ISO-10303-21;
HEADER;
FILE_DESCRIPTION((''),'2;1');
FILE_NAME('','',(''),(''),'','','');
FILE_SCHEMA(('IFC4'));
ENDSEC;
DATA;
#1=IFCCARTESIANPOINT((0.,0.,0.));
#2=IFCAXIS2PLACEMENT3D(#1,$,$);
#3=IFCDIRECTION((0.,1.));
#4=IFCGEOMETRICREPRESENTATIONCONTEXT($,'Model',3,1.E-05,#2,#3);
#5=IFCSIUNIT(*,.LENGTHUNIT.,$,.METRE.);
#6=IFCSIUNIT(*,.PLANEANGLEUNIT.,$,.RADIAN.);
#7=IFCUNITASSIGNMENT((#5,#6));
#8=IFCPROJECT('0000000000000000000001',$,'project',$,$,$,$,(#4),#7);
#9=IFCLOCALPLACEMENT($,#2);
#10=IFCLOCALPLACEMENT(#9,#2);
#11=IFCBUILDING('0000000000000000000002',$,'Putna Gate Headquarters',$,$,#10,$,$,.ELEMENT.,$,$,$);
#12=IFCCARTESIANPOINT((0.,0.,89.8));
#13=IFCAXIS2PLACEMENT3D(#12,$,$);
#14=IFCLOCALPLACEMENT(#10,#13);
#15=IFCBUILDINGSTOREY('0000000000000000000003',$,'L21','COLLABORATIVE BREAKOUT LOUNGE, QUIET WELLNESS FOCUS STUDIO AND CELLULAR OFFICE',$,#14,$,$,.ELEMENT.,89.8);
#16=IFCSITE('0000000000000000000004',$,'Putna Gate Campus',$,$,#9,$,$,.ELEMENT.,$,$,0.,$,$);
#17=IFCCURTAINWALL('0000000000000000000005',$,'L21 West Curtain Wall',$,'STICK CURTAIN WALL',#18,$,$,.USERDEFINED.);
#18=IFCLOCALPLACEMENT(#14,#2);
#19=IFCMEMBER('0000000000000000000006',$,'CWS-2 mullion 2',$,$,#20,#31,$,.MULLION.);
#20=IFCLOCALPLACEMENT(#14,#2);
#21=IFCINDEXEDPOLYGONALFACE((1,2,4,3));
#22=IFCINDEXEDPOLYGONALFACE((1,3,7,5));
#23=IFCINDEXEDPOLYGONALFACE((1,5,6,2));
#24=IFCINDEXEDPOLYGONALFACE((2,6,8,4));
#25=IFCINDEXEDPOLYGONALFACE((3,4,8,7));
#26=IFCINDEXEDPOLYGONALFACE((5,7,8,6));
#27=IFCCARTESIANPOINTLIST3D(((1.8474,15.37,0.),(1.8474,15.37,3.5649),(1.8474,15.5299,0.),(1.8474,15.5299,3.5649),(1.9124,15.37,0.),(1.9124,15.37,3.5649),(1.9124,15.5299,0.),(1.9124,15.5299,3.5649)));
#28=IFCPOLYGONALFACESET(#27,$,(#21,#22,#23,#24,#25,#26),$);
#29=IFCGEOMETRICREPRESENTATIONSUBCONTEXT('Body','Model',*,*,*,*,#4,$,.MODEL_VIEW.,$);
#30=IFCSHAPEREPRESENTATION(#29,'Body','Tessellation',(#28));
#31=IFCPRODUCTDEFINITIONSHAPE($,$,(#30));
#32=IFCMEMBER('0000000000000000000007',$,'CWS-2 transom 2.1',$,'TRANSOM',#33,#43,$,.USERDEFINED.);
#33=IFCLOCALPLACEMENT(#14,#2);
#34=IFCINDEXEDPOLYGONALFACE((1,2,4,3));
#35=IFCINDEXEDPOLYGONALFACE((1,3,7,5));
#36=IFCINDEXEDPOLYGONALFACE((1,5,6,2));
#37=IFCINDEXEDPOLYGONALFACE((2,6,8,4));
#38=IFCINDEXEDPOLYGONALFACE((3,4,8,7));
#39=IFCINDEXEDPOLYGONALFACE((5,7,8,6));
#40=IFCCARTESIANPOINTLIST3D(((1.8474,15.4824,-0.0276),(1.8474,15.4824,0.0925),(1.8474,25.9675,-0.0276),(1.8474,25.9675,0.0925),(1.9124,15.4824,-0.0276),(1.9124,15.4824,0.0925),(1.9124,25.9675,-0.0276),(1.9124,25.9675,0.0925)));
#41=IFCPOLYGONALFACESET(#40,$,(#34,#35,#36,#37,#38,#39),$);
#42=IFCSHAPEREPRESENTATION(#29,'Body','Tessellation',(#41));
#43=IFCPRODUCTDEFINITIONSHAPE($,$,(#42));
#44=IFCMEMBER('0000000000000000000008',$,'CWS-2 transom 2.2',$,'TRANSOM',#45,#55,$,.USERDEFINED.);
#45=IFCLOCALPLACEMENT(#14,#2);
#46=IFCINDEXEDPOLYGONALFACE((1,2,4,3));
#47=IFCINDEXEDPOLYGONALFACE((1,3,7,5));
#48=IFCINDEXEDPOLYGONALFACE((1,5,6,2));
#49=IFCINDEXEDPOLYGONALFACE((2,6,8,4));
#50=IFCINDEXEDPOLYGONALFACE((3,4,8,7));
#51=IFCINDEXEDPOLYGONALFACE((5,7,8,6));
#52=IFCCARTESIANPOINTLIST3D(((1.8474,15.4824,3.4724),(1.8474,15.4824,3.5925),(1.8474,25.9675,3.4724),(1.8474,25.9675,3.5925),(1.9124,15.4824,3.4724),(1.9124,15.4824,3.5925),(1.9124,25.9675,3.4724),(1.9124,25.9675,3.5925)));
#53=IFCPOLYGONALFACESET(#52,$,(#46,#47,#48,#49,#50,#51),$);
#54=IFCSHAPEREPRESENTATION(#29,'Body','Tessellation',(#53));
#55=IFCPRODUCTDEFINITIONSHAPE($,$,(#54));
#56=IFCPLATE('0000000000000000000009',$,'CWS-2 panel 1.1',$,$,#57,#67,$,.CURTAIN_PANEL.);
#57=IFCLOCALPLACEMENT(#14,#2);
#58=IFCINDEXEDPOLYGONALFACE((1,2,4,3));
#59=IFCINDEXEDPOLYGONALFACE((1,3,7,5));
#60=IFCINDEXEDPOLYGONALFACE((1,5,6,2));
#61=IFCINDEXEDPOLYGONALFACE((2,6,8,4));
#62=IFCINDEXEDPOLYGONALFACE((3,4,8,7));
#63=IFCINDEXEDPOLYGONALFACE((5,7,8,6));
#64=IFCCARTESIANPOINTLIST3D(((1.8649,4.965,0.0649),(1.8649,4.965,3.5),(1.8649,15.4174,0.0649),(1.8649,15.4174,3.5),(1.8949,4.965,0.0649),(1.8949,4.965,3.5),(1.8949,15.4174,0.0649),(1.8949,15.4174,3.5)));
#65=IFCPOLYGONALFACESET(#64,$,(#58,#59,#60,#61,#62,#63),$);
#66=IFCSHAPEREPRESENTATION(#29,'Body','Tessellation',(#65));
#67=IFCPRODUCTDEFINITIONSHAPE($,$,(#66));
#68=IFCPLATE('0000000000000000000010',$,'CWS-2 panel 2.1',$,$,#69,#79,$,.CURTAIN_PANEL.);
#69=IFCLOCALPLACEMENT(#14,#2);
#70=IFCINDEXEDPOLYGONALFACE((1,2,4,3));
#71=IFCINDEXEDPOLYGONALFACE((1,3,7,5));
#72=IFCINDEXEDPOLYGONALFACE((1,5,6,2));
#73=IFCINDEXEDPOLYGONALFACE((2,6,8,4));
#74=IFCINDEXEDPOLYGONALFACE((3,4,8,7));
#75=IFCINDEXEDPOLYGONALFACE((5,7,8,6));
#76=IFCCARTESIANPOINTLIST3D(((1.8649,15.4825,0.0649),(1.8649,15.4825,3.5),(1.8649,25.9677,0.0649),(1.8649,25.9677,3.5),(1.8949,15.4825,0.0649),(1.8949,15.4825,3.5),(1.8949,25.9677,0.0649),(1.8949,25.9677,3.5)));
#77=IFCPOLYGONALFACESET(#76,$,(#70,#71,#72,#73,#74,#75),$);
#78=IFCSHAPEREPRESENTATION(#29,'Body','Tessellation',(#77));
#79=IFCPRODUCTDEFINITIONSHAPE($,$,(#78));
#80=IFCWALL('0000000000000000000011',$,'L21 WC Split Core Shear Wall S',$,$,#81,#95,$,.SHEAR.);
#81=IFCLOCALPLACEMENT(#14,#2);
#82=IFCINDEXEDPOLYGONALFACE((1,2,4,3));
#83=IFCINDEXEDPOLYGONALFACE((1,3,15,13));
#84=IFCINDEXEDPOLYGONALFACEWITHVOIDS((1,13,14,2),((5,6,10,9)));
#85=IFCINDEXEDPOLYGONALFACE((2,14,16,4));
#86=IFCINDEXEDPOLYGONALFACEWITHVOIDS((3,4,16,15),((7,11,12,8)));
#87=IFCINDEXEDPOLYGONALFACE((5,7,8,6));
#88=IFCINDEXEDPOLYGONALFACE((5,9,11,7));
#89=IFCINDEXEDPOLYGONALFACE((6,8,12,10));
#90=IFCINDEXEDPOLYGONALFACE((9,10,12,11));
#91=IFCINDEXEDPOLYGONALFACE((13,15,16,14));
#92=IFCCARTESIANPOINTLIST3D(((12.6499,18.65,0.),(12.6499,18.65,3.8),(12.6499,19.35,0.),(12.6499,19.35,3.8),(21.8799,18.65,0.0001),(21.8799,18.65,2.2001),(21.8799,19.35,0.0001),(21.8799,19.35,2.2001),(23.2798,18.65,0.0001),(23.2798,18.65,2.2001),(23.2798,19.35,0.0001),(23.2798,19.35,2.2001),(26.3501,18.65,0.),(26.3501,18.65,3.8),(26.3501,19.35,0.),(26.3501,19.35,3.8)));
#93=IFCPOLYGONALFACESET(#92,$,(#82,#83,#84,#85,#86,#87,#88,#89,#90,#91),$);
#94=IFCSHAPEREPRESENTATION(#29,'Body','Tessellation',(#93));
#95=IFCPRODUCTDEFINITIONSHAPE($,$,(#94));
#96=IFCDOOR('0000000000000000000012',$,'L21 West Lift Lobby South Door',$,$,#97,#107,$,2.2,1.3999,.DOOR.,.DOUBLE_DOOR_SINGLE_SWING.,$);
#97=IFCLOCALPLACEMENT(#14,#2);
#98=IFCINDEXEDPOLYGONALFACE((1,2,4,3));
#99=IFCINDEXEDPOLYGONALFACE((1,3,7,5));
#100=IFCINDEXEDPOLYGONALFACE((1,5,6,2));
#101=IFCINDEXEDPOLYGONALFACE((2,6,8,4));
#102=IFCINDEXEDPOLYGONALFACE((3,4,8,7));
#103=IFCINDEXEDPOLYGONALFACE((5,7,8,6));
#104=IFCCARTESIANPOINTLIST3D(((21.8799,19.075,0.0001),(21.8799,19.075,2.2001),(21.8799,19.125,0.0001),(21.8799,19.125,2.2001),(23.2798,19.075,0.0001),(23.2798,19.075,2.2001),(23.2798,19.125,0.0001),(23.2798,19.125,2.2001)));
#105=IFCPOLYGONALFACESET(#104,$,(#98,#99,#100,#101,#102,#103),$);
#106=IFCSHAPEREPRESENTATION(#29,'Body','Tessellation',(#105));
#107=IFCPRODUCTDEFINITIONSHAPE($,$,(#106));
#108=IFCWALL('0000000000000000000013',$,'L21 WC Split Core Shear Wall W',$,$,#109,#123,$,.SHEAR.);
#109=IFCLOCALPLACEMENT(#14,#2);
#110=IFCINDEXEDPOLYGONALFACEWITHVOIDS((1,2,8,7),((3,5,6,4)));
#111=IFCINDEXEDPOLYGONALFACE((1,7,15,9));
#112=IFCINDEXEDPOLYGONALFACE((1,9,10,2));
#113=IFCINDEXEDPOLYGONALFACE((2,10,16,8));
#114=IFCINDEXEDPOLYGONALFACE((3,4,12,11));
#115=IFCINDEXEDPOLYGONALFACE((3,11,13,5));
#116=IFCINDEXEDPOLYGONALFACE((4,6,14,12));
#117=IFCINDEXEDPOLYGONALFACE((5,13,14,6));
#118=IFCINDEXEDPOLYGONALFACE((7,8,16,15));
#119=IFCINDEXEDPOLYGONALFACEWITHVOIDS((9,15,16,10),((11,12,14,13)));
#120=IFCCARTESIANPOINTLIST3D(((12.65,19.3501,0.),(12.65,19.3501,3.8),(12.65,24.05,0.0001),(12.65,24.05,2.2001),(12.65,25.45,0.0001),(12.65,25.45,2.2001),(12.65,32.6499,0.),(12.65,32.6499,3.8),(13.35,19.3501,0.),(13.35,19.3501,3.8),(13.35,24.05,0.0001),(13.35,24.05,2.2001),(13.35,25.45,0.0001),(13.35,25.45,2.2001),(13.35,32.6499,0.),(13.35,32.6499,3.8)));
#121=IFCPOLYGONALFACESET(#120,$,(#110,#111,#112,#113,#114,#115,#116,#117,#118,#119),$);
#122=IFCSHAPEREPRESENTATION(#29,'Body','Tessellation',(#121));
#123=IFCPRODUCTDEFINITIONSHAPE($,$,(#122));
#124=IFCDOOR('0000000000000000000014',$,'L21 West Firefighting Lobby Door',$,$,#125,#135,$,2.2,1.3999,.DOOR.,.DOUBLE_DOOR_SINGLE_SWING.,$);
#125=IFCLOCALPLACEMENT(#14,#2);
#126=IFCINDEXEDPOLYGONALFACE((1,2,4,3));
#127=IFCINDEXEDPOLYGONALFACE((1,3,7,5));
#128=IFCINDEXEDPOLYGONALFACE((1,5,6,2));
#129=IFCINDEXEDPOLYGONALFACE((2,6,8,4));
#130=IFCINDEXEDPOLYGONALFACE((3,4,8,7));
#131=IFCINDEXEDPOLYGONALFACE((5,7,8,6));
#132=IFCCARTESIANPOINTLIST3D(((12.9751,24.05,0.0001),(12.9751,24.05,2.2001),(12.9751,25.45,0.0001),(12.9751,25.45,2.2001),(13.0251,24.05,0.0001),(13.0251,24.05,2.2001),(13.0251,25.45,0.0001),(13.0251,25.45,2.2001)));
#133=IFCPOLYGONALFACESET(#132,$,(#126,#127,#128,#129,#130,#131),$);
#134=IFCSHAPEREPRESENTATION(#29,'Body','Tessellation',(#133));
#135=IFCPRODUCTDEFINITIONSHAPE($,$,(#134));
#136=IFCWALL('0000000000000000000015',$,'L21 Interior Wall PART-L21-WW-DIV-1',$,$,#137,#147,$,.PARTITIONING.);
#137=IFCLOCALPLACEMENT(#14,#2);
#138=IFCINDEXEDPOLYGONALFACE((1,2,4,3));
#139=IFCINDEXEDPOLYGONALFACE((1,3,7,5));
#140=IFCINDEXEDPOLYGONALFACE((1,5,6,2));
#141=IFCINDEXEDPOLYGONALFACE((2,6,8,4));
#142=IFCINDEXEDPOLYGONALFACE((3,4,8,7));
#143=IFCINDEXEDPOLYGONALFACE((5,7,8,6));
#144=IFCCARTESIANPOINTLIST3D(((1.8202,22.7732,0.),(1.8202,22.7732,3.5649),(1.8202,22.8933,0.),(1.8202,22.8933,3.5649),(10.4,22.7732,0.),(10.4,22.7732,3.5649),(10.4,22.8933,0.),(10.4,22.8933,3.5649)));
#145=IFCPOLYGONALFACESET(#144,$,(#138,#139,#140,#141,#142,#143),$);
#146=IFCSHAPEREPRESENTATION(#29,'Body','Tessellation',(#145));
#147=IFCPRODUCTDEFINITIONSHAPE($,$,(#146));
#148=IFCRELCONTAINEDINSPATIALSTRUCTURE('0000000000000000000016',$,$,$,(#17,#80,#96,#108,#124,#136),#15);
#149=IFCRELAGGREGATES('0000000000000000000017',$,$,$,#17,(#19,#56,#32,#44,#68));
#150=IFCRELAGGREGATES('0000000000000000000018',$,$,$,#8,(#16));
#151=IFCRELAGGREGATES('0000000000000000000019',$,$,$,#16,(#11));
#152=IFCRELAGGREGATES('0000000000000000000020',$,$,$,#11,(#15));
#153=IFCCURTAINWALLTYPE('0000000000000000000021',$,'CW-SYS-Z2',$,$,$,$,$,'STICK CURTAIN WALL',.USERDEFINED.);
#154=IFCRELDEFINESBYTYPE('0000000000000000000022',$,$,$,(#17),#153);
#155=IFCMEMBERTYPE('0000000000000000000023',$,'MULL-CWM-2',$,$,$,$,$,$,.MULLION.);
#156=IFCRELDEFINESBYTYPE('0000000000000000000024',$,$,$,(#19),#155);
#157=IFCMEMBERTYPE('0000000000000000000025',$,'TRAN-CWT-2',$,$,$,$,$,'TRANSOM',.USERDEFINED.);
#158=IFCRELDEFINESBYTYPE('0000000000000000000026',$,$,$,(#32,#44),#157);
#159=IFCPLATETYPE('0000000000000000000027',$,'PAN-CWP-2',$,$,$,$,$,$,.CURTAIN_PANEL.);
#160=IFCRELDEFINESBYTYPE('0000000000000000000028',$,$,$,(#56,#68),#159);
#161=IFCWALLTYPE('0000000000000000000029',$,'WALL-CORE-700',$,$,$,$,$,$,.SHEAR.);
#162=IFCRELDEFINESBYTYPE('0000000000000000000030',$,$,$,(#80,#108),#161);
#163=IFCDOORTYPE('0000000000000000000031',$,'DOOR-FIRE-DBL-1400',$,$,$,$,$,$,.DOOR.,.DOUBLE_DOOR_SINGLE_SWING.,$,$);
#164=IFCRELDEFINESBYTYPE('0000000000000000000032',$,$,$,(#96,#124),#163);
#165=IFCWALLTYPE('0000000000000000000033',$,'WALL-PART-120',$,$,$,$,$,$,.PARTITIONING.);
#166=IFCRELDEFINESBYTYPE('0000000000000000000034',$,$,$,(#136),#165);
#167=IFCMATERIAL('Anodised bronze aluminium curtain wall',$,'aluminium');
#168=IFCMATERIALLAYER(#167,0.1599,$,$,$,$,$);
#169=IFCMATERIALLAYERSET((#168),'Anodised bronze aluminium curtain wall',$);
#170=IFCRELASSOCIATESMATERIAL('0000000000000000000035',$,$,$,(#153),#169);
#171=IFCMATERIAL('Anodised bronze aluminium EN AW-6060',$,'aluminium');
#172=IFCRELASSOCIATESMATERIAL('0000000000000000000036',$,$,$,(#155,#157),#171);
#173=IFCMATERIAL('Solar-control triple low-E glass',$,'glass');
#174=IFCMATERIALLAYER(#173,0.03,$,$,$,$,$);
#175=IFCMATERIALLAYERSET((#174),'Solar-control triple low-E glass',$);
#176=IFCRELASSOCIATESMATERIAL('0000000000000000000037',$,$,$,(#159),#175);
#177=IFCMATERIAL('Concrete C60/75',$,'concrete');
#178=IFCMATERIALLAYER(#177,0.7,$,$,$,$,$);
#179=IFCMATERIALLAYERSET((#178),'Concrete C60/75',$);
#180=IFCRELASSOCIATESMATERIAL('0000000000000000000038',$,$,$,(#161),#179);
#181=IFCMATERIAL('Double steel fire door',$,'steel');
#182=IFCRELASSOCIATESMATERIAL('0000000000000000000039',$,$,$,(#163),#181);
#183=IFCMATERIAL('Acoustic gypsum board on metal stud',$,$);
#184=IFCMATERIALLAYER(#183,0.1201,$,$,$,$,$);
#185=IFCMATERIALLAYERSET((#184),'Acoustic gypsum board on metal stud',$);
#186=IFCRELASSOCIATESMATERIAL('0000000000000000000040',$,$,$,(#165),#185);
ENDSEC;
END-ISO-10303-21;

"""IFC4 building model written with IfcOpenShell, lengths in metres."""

from ifc_helpers import new_model, si_unit, direction, frame, frame_2d, origin, origin_2d, place, context, subcontext, project, spatial, rectangle, extrude, material, layer, layer_set, material_profile, profile_set, type_object, element, fill, aggregate, save


model = new_model("IFC4")

# Units and contexts
model_context = context("Model", 3, precision=1e-05, world=origin(), true_north=direction((0.0, 1.0)))
body_context = subcontext(model_context, "Body", "Model", "MODEL_VIEW")
ifc_project = project(units=[si_unit("LENGTHUNIT", "METRE"), si_unit("PLANEANGLEUNIT", "RADIAN")], contexts=[model_context])

# Site, building, storey
site_placement = place(None, origin())
site = spatial("IfcSite", under=ifc_project, at=site_placement, Name="Putna Gate Campus", CompositionType="ELEMENT", RefElevation=0.0)
building_placement = place(site_placement, origin())
building = spatial("IfcBuilding", under=site, at=building_placement, Name="Putna Gate Headquarters", CompositionType="ELEMENT")
storey_placement = place(building_placement, frame((0.0, 0.0, 89.8)))
storey = spatial("IfcBuildingStorey", under=building, at=storey_placement, Name="L21", Description="COLLABORATIVE BREAKOUT LOUNGE, QUIET WELLNESS FOCUS STUDIO AND CELLULAR OFFICE", CompositionType="ELEMENT", Elevation=89.8)

# Shared definitions
ifc_material_1 = material(Name="Concrete C60/75", Category="concrete")

# Curtain wall, members, plates
ifc_material_2 = material(Name="Anodised bronze aluminium curtain wall", Category="aluminium")
ifc_layer_1 = layer(ifc_material_2, 0.1599)
ifc_layer_set_1 = layer_set([ifc_layer_1], Name="Anodised bronze aluminium curtain wall")
curtain_wall_type = type_object("IfcCurtainWallType", Name="CW-SYS-Z2", ElementType="STICK CURTAIN WALL", PredefinedType="USERDEFINED", material=ifc_layer_set_1)
curtain_wall_placement = place(storey_placement, origin())
curtain_wall = element("IfcCurtainWall", 1, at=curtain_wall_placement, inside=storey, type_object=curtain_wall_type, Name="L21 West Curtain Wall", ObjectType="STICK CURTAIN WALL", PredefinedType="USERDEFINED")
ifc_material_3 = material(Name="Anodised bronze aluminium EN AW-6060", Category="aluminium")
ifc_material_profile_1 = material_profile(ifc_material_3, rectangle(XDim=0.0649, YDim=0.1599, at=origin_2d()), Name="Anodised bronze aluminium EN AW-6060")
ifc_profile_set_1 = profile_set([ifc_material_profile_1], Name="Anodised bronze aluminium EN AW-6060")
member_type_1 = type_object("IfcMemberType", Name="MULL-CWM-2", PredefinedType="MULLION", material=ifc_profile_set_1)
member_1_placement = place(storey_placement, frame((1.8799, 15.45, 0.0), z_axis=(0.0, 0.0, 1.0), x_axis=(-1.0, 0.0, 0.0)))
member_1 = element("IfcMember", 2, at=member_1_placement, type_object=member_type_1, Name="CWS-2 mullion 2", PredefinedType="MULLION", context=body_context, shape_type="SweptSolid", body=[
    extrude(rectangle(XDim=0.0649, YDim=0.1599, at=origin_2d()), origin(), (0.0, 0.0, 1.0), 3.5649),
])
ifc_material_profile_2 = material_profile(ifc_material_3, rectangle(XDim=0.0649, YDim=0.1201, at=origin_2d()), Name="Anodised bronze aluminium EN AW-6060")
ifc_profile_set_2 = profile_set([ifc_material_profile_2], Name="Anodised bronze aluminium EN AW-6060")
member_type_2 = type_object("IfcMemberType", Name="TRAN-CWT-2", ElementType="TRANSOM", PredefinedType="USERDEFINED", material=ifc_profile_set_2)
member_2_placement = place(storey_placement, frame((1.8799, 15.4824, 0.0325), z_axis=(0.0, 1.0, 0.0), x_axis=(-1.0, 0.0, 0.0)))
member_2 = element("IfcMember", 3, at=member_2_placement, type_object=member_type_2, Name="CWS-2 transom 2.1", ObjectType="TRANSOM", PredefinedType="USERDEFINED", context=body_context, shape_type="SweptSolid", body=[
    extrude(rectangle(XDim=0.0649, YDim=0.1201, at=origin_2d()), origin(), (0.0, 0.0, 1.0), 10.4851),
])
member_3_placement = place(storey_placement, frame((1.8799, 15.4824, 3.5325), z_axis=(0.0, 1.0, 0.0), x_axis=(-1.0, 0.0, 0.0)))
member_3 = element("IfcMember", 4, at=member_3_placement, type_object=member_type_2, Name="CWS-2 transom 2.2", ObjectType="TRANSOM", PredefinedType="USERDEFINED", context=body_context, shape_type="SweptSolid", body=[
    extrude(rectangle(XDim=0.0649, YDim=0.1201, at=origin_2d()), origin(), (0.0, 0.0, 1.0), 10.4851),
])
ifc_material_4 = material(Name="Solar-control triple low-E glass", Category="glass")
ifc_layer_2 = layer(ifc_material_4, 0.03)
ifc_layer_set_2 = layer_set([ifc_layer_2], Name="Solar-control triple low-E glass")
plate_type = type_object("IfcPlateType", Name="PAN-CWP-2", PredefinedType="CURTAIN_PANEL", material=ifc_layer_set_2)
plate_1_placement = place(storey_placement, frame((1.8799, 10.1912, 0.0649), z_axis=(0.0, 0.0, 1.0), x_axis=(0.0, 1.0, 0.0)))
plate_1 = element("IfcPlate", 5, at=plate_1_placement, type_object=plate_type, Name="CWS-2 panel 1.1", PredefinedType="CURTAIN_PANEL", context=body_context, shape_type="SweptSolid", body=[
    extrude(rectangle(XDim=10.4524, YDim=0.03, at=origin_2d()), origin(), (0.0, 0.0, 1.0), 3.4351),
])
plate_2_placement = place(storey_placement, frame((1.8799, 20.7251, 0.0649), z_axis=(0.0, 0.0, 1.0), x_axis=(0.0, 1.0, 0.0)))
plate_2 = element("IfcPlate", 6, at=plate_2_placement, type_object=plate_type, Name="CWS-2 panel 2.1", PredefinedType="CURTAIN_PANEL", context=body_context, shape_type="SweptSolid", body=[
    extrude(rectangle(XDim=10.4851, YDim=0.03, at=origin_2d()), origin(), (0.0, 0.0, 1.0), 3.4351),
])
aggregate(curtain_wall, [member_1, plate_1, member_2, member_3, plate_2])

# Walls, openings, doors
ifc_layer_3 = layer(ifc_material_1, 0.7)
ifc_layer_set_3 = layer_set([ifc_layer_3], Name="Concrete C60/75")
wall_type_1 = type_object("IfcWallType", Name="WALL-CORE-700", PredefinedType="SHEAR", material=ifc_layer_set_3)
wall_1_placement = place(storey_placement, frame((12.6499, 19.0, 0.0), z_axis=(0.0, 0.0, 1.0), x_axis=(1.0, 0.0, 0.0)))
wall_1 = element("IfcWall", 7, at=wall_1_placement, inside=storey, type_object=wall_type_1, Name="L21 WC Split Core Shear Wall S", PredefinedType="SHEAR", context=body_context, shape_type="SweptSolid", body=[
    extrude(rectangle(XDim=13.7002, YDim=0.7, at=frame_2d((6.8501, 0.0))), origin(), (0.0, 0.0, 1.0), 3.8),
])
opening_1_placement = place(wall_1_placement, frame((9.23, 0.0, 0.0)))
opening_1 = element("IfcOpeningElement", 8, at=opening_1_placement, cuts=wall_1, PredefinedType="OPENING", context=body_context, shape_type="SweptSolid", body=[
    extrude(rectangle(XDim=1.3999, YDim=2.2, at=frame_2d((0.7, 1.1001))), frame((0.0, 0.3599, 0.0), z_axis=(0.0, -1.0, 0.0), x_axis=(1.0, 0.0, 0.0)), (0.0, 0.0, 1.0), 0.72),
])
ifc_material_5 = material(Name="Double steel fire door", Category="steel")
door_type_1 = type_object("IfcDoorType", Name="DOOR-FIRE-DBL-1400", OperationType="DOUBLE_DOOR_SINGLE_SWING", PredefinedType="DOOR", material=ifc_material_5)
door_1_placement = place(opening_1_placement, origin())
door_1 = element("IfcDoor", 9, at=door_1_placement, inside=storey, type_object=door_type_1, Name="L21 West Lift Lobby South Door", OperationType="DOUBLE_DOOR_SINGLE_SWING", OverallHeight=2.2, OverallWidth=1.3999, PredefinedType="DOOR", context=body_context, shape_type="SweptSolid", body=[
    extrude(rectangle(XDim=1.3999, YDim=2.2, at=frame_2d((0.7, 1.1001))), frame((0.0, 0.125, 0.0), z_axis=(0.0, -1.0, 0.0), x_axis=(1.0, 0.0, 0.0)), (0.0, 0.0, 1.0), 0.05),
])
fill(opening_1, door_1)
wall_2_placement = place(storey_placement, frame((13.0, 19.3501, 0.0), z_axis=(0.0, 0.0, 1.0), x_axis=(0.0, 1.0, 0.0)))
wall_2 = element("IfcWall", 10, at=wall_2_placement, inside=storey, type_object=wall_type_1, Name="L21 WC Split Core Shear Wall W", PredefinedType="SHEAR", context=body_context, shape_type="SweptSolid", body=[
    extrude(rectangle(XDim=13.2998, YDim=0.7, at=frame_2d((6.6499, 0.0))), origin(), (0.0, 0.0, 1.0), 3.8),
])
opening_2_placement = place(wall_2_placement, frame((4.7, 0.0, 0.0)))
opening_2 = element("IfcOpeningElement", 11, at=opening_2_placement, cuts=wall_2, PredefinedType="OPENING", context=body_context, shape_type="SweptSolid", body=[
    extrude(rectangle(XDim=1.3999, YDim=2.2, at=frame_2d((0.7, 1.1001))), frame((0.0, 0.3599, 0.0), z_axis=(0.0, -1.0, 0.0), x_axis=(1.0, 0.0, 0.0)), (0.0, 0.0, 1.0), 0.72),
])
door_2_placement = place(opening_2_placement, origin())
door_2 = element("IfcDoor", 12, at=door_2_placement, inside=storey, type_object=door_type_1, Name="L21 West Firefighting Lobby Door", OperationType="DOUBLE_DOOR_SINGLE_SWING", OverallHeight=2.2, OverallWidth=1.3999, PredefinedType="DOOR", context=body_context, shape_type="SweptSolid", body=[
    extrude(rectangle(XDim=1.3999, YDim=2.2, at=frame_2d((0.7, 1.1001))), frame((0.0, 0.0249, 0.0), z_axis=(0.0, -1.0, 0.0), x_axis=(1.0, 0.0, 0.0)), (0.0, 0.0, 1.0), 0.05),
])
fill(opening_2, door_2)

# Wall
ifc_material_6 = material(Name="Acoustic gypsum board on metal stud")
ifc_layer_4 = layer(ifc_material_6, 0.1201)
ifc_layer_set_4 = layer_set([ifc_layer_4], Name="Acoustic gypsum board on metal stud")
wall_type_2 = type_object("IfcWallType", Name="WALL-PART-120", PredefinedType="PARTITIONING", material=ifc_layer_set_4)
wall_3_placement = place(storey_placement, frame((1.8201, 22.8333, 0.0), z_axis=(0.0, 0.0, 1.0), x_axis=(1.0, 0.0, 0.0)))
element("IfcWall", 13, at=wall_3_placement, inside=storey, type_object=wall_type_2, Name="L21 Interior Wall PART-L21-WW-DIV-1", PredefinedType="PARTITIONING", context=body_context, shape_type="SweptSolid", body=[
    extrude(rectangle(XDim=8.5798, YDim=0.1201, at=frame_2d((4.29, 0.0))), origin(), (0.0, 0.0, 1.0), 3.5649),
])

save(model, "model.ifc")
